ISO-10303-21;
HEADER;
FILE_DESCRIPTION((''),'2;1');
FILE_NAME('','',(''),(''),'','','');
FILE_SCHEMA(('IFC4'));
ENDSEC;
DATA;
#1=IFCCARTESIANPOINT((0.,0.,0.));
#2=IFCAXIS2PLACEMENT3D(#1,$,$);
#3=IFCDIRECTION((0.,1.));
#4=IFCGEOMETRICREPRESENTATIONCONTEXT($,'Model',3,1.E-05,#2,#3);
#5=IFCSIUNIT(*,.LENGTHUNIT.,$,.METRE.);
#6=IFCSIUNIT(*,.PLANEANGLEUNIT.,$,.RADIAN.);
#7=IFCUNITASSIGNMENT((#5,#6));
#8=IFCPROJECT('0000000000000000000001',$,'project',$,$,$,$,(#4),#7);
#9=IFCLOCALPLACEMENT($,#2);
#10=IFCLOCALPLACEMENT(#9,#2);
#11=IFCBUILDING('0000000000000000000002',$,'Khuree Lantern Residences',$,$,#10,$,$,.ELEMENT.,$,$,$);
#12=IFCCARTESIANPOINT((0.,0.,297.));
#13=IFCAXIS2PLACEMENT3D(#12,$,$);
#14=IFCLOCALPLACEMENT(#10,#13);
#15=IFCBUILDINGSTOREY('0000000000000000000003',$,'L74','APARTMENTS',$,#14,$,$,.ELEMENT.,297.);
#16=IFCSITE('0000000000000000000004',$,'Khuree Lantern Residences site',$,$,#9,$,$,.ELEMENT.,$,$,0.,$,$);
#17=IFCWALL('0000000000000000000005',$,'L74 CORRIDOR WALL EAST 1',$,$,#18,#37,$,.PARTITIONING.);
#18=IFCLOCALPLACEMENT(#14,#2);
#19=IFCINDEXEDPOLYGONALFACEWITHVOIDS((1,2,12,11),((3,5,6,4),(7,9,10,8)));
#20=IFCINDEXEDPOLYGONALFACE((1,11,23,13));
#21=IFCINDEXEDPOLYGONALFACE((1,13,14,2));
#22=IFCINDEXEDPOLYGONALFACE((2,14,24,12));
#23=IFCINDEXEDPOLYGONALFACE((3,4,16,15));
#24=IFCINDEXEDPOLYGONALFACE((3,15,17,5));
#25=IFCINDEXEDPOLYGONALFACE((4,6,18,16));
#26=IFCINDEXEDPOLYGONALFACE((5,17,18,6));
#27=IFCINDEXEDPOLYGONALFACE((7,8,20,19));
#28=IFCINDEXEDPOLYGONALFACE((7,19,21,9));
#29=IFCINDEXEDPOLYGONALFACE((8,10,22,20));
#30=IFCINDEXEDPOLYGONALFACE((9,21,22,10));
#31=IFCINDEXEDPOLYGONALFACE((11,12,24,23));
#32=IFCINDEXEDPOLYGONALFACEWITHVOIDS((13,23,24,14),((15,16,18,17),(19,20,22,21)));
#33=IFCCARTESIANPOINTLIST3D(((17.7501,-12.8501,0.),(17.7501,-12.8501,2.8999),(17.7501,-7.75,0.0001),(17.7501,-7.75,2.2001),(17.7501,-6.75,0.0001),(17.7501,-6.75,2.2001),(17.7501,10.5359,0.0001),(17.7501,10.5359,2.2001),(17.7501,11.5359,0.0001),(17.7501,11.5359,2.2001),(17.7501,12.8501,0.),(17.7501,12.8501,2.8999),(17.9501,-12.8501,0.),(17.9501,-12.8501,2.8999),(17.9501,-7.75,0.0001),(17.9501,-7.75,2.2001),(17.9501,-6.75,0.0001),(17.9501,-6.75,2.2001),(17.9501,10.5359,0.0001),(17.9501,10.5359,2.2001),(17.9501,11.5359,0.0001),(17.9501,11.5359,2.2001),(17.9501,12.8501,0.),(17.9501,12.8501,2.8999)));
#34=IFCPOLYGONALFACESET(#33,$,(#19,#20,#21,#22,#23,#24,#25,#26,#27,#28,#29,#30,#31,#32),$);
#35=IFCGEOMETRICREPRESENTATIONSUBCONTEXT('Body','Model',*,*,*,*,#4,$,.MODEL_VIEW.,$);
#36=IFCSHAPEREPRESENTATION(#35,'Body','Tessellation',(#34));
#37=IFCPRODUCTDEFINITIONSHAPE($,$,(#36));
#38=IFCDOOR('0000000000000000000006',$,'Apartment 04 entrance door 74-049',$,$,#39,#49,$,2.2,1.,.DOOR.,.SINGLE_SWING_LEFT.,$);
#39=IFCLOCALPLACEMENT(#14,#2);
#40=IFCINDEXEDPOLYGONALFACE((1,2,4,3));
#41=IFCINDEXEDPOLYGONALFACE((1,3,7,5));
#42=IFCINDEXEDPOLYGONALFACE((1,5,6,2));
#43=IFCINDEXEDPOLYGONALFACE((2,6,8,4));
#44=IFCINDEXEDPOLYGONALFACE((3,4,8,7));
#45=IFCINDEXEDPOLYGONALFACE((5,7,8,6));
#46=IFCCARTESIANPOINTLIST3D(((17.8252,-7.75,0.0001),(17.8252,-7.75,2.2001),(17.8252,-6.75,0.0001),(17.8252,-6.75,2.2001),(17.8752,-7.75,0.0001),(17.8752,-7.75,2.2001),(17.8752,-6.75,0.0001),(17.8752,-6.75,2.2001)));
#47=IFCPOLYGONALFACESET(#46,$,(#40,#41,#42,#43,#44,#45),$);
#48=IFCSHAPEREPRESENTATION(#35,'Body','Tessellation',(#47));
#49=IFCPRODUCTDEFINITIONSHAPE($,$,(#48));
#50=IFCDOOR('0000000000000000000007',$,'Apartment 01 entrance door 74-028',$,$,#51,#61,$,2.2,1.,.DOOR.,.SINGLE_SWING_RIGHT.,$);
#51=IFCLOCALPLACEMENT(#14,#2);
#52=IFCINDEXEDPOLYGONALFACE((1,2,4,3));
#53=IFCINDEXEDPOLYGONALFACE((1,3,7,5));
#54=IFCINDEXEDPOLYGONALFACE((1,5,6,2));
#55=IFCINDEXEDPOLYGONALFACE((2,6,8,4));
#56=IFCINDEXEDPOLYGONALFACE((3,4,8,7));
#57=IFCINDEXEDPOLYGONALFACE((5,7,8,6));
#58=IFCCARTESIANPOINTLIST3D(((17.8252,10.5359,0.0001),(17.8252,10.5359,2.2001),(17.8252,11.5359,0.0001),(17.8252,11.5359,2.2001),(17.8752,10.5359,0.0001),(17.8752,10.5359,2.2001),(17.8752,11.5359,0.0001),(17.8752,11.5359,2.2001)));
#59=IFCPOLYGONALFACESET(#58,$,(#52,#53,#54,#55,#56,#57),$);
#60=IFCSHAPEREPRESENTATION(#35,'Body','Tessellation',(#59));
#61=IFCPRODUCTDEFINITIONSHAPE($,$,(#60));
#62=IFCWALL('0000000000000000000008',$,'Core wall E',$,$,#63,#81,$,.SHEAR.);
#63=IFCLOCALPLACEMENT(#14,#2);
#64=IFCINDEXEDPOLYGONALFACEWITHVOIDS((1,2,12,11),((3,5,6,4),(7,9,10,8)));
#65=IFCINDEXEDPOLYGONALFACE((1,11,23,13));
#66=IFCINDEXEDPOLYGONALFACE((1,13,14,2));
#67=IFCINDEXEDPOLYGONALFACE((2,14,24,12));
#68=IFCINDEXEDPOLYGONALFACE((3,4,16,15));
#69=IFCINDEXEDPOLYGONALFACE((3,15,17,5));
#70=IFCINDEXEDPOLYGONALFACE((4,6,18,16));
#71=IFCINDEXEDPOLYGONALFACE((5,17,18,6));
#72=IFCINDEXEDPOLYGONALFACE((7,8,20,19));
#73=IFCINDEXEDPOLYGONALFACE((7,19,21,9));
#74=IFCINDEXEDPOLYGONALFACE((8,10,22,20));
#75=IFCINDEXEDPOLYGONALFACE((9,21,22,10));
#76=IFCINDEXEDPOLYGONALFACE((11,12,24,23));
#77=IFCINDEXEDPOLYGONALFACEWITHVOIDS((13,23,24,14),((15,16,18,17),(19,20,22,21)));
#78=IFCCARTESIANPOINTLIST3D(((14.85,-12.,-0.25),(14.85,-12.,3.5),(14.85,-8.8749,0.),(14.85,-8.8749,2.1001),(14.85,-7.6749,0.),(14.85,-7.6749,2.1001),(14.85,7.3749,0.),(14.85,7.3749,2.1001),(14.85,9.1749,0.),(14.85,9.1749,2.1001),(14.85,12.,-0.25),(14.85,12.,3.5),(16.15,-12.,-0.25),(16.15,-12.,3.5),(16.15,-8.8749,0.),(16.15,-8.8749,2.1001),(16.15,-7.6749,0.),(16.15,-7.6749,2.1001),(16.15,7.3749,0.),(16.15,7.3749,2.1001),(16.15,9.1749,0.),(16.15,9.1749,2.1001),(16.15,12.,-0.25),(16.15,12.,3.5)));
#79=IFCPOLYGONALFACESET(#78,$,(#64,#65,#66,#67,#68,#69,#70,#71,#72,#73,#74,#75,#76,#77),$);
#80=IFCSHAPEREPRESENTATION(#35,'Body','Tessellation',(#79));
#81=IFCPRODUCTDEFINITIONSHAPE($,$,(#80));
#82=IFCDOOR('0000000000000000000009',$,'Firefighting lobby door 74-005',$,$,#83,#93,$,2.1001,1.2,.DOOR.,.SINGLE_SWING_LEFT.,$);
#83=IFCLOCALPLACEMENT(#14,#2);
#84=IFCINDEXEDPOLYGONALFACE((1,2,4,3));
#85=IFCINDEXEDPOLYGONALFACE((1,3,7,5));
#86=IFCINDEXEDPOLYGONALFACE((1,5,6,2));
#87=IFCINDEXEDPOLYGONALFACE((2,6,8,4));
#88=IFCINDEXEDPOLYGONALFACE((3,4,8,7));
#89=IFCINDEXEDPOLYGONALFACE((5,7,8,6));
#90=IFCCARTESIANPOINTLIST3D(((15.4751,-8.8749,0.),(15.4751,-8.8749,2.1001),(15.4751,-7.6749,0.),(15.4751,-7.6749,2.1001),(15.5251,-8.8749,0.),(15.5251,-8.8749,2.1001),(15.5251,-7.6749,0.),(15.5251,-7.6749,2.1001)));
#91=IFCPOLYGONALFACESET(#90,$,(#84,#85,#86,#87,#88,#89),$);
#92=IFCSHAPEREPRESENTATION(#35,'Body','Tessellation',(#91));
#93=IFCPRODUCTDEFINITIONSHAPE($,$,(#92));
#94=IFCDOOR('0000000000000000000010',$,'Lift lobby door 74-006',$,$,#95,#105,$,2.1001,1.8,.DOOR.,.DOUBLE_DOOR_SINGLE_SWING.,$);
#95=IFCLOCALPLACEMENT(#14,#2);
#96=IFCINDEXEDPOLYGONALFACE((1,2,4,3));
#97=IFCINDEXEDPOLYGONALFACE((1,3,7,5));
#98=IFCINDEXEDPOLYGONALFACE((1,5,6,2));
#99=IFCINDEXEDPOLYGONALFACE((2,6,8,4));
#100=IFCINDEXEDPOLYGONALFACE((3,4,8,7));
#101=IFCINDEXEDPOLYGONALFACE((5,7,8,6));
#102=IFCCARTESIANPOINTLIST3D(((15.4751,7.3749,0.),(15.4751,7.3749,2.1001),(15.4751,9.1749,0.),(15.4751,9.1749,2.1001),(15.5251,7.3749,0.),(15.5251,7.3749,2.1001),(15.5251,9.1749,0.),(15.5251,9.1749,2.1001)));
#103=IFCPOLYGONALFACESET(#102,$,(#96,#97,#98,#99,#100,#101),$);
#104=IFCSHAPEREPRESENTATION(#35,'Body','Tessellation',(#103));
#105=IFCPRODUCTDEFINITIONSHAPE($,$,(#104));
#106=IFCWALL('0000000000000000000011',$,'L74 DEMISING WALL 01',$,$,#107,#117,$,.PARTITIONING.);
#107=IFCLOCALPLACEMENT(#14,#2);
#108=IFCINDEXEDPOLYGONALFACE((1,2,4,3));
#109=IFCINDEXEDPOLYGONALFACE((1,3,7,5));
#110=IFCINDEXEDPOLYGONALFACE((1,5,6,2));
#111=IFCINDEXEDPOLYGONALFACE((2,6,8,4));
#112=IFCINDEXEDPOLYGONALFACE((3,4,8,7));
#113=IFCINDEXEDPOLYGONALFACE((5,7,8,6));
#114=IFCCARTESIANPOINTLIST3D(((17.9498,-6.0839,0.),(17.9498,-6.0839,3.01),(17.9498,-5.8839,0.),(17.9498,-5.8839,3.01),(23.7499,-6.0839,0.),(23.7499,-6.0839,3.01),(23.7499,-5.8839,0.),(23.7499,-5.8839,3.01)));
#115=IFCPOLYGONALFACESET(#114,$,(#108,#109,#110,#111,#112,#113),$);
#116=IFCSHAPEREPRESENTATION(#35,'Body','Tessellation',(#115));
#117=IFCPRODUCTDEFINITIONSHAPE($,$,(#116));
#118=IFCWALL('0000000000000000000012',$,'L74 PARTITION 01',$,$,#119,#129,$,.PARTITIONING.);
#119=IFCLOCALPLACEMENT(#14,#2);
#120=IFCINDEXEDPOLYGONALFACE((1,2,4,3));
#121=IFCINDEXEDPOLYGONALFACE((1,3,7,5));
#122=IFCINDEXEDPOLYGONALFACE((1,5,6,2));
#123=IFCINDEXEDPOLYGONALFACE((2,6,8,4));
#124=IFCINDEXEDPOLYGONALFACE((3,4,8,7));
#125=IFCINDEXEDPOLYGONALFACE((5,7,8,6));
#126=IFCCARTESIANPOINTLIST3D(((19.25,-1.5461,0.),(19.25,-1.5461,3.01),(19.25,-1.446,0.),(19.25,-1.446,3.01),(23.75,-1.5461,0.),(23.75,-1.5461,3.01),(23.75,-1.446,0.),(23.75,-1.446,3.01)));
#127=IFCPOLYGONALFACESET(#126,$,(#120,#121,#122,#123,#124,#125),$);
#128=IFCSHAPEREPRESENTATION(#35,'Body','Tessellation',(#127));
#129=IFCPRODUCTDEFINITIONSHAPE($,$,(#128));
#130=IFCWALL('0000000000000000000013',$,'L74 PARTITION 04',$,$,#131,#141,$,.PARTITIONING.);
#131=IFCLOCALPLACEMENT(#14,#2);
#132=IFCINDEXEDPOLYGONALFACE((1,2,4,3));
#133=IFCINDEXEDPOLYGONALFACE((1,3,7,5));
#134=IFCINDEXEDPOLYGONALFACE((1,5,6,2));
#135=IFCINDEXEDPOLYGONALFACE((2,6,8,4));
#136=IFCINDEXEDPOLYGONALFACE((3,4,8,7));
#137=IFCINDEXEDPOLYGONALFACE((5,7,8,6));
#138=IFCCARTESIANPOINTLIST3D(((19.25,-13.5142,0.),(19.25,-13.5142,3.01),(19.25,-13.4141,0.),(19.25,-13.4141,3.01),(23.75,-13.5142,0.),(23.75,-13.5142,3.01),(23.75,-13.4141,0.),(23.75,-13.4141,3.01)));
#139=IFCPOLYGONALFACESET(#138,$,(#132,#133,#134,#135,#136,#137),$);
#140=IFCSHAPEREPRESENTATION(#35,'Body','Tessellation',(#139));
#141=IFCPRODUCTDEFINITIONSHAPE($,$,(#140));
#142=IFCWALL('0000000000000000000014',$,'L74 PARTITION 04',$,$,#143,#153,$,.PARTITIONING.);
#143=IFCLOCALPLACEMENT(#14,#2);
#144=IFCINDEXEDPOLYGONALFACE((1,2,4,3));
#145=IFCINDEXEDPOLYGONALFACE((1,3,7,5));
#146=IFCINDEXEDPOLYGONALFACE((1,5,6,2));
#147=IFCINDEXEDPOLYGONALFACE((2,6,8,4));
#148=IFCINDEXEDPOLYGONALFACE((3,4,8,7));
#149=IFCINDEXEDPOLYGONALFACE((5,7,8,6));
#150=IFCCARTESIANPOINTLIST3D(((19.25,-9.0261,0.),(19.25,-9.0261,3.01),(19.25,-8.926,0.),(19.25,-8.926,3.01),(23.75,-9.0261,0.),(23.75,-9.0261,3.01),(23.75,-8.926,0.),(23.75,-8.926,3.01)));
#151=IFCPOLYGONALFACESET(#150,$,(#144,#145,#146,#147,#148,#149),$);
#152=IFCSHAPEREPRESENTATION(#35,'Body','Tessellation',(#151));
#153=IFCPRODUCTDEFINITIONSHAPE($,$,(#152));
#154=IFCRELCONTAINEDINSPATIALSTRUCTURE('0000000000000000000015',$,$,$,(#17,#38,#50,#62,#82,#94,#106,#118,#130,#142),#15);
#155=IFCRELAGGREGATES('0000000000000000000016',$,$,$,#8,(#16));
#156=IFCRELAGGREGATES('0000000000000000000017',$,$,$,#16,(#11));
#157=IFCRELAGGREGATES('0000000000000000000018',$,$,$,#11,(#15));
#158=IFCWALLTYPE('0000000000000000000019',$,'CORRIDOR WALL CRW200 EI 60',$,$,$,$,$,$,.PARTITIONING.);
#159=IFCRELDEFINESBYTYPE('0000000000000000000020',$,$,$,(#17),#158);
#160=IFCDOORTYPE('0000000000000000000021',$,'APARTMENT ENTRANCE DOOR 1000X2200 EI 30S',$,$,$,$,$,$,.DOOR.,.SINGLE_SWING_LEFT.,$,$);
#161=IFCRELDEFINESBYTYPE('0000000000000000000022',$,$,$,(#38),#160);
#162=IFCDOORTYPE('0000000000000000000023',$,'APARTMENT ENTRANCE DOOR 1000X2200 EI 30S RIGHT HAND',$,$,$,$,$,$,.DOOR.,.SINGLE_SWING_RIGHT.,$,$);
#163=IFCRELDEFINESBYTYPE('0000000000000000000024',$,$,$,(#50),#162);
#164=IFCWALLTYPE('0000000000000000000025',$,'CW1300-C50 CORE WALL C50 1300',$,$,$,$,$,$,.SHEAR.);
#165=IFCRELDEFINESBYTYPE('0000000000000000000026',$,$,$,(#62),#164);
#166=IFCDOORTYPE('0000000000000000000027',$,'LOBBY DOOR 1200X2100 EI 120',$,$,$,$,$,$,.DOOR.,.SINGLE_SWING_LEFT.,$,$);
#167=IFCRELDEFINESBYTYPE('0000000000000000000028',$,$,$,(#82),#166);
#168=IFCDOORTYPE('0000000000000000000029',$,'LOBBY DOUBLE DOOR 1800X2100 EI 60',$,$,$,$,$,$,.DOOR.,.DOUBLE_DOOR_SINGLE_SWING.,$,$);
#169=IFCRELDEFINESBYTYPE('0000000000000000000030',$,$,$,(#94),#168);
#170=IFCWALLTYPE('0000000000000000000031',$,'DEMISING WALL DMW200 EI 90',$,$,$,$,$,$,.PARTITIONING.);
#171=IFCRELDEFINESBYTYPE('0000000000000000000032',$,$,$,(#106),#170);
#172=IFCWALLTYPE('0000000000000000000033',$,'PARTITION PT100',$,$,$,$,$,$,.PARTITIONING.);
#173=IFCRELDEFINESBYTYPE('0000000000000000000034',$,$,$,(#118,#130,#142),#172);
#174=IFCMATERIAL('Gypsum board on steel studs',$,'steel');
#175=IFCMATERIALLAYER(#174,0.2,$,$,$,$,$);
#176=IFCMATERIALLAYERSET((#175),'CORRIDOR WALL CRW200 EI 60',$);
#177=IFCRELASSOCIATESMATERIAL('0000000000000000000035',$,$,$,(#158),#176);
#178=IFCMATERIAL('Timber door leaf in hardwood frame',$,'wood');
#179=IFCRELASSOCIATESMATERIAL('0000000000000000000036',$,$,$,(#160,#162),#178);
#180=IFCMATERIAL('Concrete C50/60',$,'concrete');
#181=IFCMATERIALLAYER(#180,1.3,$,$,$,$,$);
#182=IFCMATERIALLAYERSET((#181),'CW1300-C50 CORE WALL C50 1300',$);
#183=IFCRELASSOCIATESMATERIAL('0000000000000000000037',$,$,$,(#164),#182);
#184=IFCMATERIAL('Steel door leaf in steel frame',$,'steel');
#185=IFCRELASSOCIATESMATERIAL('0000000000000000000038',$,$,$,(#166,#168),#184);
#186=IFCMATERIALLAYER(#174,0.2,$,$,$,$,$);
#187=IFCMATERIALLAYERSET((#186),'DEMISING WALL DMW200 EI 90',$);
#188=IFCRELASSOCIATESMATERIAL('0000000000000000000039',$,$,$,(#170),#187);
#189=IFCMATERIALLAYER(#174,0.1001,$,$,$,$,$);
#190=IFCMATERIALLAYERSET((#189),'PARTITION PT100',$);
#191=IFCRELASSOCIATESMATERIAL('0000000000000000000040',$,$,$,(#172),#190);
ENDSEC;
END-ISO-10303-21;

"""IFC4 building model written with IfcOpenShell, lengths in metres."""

from ifc_helpers import new_model, si_unit, direction, frame, frame_2d, origin, place, context, subcontext, project, spatial, rectangle, extrude, material, layer, layer_set, type_object, element, fill, save


model = new_model("IFC4")

# Units and contexts
model_context = context("Model", 3, precision=1e-05, world=origin(), true_north=direction((0.0, 1.0)))
body_context = subcontext(model_context, "Body", "Model", "MODEL_VIEW")
ifc_project = project(units=[si_unit("LENGTHUNIT", "METRE"), si_unit("PLANEANGLEUNIT", "RADIAN")], contexts=[model_context])

# Site, building, storey
site_placement = place(None, origin())
site = spatial("IfcSite", under=ifc_project, at=site_placement, Name="Khuree Lantern Residences site", CompositionType="ELEMENT", RefElevation=0.0)
building_placement = place(site_placement, origin())
building = spatial("IfcBuilding", under=site, at=building_placement, Name="Khuree Lantern Residences", CompositionType="ELEMENT")
storey_placement = place(building_placement, frame((0.0, 0.0, 297.0)))
storey = spatial("IfcBuildingStorey", under=building, at=storey_placement, Name="L74", Description="APARTMENTS", CompositionType="ELEMENT", Elevation=297.0)

# Shared definitions
ifc_material_1 = material(Name="Concrete C50/60", Category="concrete")

# Shared definitions
ifc_material_2 = material(Name="Gypsum board on steel studs", Category="steel")
ifc_layer_1 = layer(ifc_material_2, 0.2)
ifc_layer_set_1 = layer_set([ifc_layer_1], Name="CORRIDOR WALL CRW200 EI 60")
wall_type_1 = type_object("IfcWallType", Name="CORRIDOR WALL CRW200 EI 60", PredefinedType="PARTITIONING", material=ifc_layer_set_1)

# Walls, openings, doors
wall_1_placement = place(storey_placement, frame((17.8501, -12.8501, 0.0), z_axis=(0.0, 0.0, 1.0), x_axis=(0.0, 1.0, 0.0)))
wall_1 = element("IfcWall", 1, at=wall_1_placement, inside=storey, type_object=wall_type_1, Name="L74 CORRIDOR WALL EAST 1", PredefinedType="PARTITIONING", context=body_context, shape_type="SweptSolid", body=[
    extrude(rectangle(XDim=25.7002, YDim=0.2, at=frame_2d((12.8501, 0.0))), origin(), (0.0, 0.0, 1.0), 2.8999),
])
opening_1_placement = place(wall_1_placement, frame((23.386, 0.0, 0.0)))
opening_1 = element("IfcOpeningElement", 2, at=opening_1_placement, cuts=wall_1, PredefinedType="OPENING", context=body_context, shape_type="SweptSolid", body=[
    extrude(rectangle(XDim=1.0, YDim=2.2, at=frame_2d((0.5, 1.1001))), frame((0.0, 0.1099, 0.0), z_axis=(0.0, -1.0, 0.0), x_axis=(1.0, 0.0, 0.0)), (0.0, 0.0, 1.0), 0.22),
])
opening_2_placement = place(wall_1_placement, frame((5.1001, 0.0, 0.0)))
opening_2 = element("IfcOpeningElement", 3, at=opening_2_placement, cuts=wall_1, PredefinedType="OPENING", context=body_context, shape_type="SweptSolid", body=[
    extrude(rectangle(XDim=1.0, YDim=2.2, at=frame_2d((0.5, 1.1001))), frame((0.0, 0.1099, 0.0), z_axis=(0.0, -1.0, 0.0), x_axis=(1.0, 0.0, 0.0)), (0.0, 0.0, 1.0), 0.22),
])
ifc_material_3 = material(Name="Timber door leaf in hardwood frame", Category="wood")
door_type_1 = type_object("IfcDoorType", Name="APARTMENT ENTRANCE DOOR 1000X2200 EI 30S", OperationType="SINGLE_SWING_LEFT", PredefinedType="DOOR", material=ifc_material_3)
door_1_placement = place(opening_2_placement, origin())
door_1 = element("IfcDoor", 4, at=door_1_placement, inside=storey, type_object=door_type_1, Name="Apartment 04 entrance door 74-049", OperationType="SINGLE_SWING_LEFT", OverallHeight=2.2, OverallWidth=1.0, PredefinedType="DOOR", context=body_context, shape_type="SweptSolid", body=[
    extrude(rectangle(XDim=1.0, YDim=2.2, at=frame_2d((0.5, 1.1001))), frame((0.0, 0.0249, 0.0), z_axis=(0.0, -1.0, 0.0), x_axis=(1.0, 0.0, 0.0)), (0.0, 0.0, 1.0), 0.05),
])
fill(opening_2, door_1)
door_type_2 = type_object("IfcDoorType", Name="APARTMENT ENTRANCE DOOR 1000X2200 EI 30S RIGHT HAND", OperationType="SINGLE_SWING_RIGHT", PredefinedType="DOOR", material=ifc_material_3)
door_2_placement = place(opening_1_placement, origin())
door_2 = element("IfcDoor", 5, at=door_2_placement, inside=storey, type_object=door_type_2, Name="Apartment 01 entrance door 74-028", OperationType="SINGLE_SWING_RIGHT", OverallHeight=2.2, OverallWidth=1.0, PredefinedType="DOOR", context=body_context, shape_type="SweptSolid", body=[
    extrude(rectangle(XDim=1.0, YDim=2.2, at=frame_2d((0.5, 1.1001))), frame((0.0, 0.0249, 0.0), z_axis=(0.0, -1.0, 0.0), x_axis=(1.0, 0.0, 0.0)), (0.0, 0.0, 1.0), 0.05),
])
fill(opening_1, door_2)
ifc_layer_2 = layer(ifc_material_1, 1.3)
ifc_layer_set_2 = layer_set([ifc_layer_2], Name="CW1300-C50 CORE WALL C50 1300")
wall_type_2 = type_object("IfcWallType", Name="CW1300-C50 CORE WALL C50 1300", PredefinedType="SHEAR", material=ifc_layer_set_2)
wall_2_placement = place(storey_placement, frame((15.5, -12.0, -0.25), z_axis=(0.0, 0.0, 1.0), x_axis=(0.0, 1.0, 0.0)))
wall_2 = element("IfcWall", 6, at=wall_2_placement, inside=storey, type_object=wall_type_2, Name="Core wall E", PredefinedType="SHEAR", context=body_context, shape_type="SweptSolid", body=[
    extrude(rectangle(XDim=24.0, YDim=1.3, at=frame_2d((12.0, 0.0))), origin(), (0.0, 0.0, 1.0), 3.75),
])
opening_3_placement = place(wall_2_placement, frame((3.125, 0.0, 0.25)))
opening_3 = element("IfcOpeningElement", 7, at=opening_3_placement, cuts=wall_2, PredefinedType="OPENING", context=body_context, shape_type="SweptSolid", body=[
    extrude(rectangle(XDim=1.2, YDim=2.1001, at=frame_2d((0.6001, 1.05))), frame((0.0, 0.6602, 0.0), z_axis=(0.0, -1.0, 0.0), x_axis=(1.0, 0.0, 0.0)), (0.0, 0.0, 1.0), 1.3201),
])
opening_4_placement = place(wall_2_placement, frame((19.375, 0.0, 0.25)))
opening_4 = element("IfcOpeningElement", 8, at=opening_4_placement, cuts=wall_2, PredefinedType="OPENING", context=body_context, shape_type="SweptSolid", body=[
    extrude(rectangle(XDim=1.8, YDim=2.1001, at=frame_2d((0.8999, 1.05))), frame((0.0, 0.6602, 0.0), z_axis=(0.0, -1.0, 0.0), x_axis=(1.0, 0.0, 0.0)), (0.0, 0.0, 1.0), 1.3201),
])
ifc_material_4 = material(Name="Steel door leaf in steel frame", Category="steel")
door_type_3 = type_object("IfcDoorType", Name="LOBBY DOOR 1200X2100 EI 120", OperationType="SINGLE_SWING_LEFT", PredefinedType="DOOR", material=ifc_material_4)
door_3_placement = place(opening_3_placement, origin())
door_3 = element("IfcDoor", 9, at=door_3_placement, inside=storey, type_object=door_type_3, Name="Firefighting lobby door 74-005", OperationType="SINGLE_SWING_LEFT", OverallHeight=2.1001, OverallWidth=1.2, PredefinedType="DOOR", context=body_context, shape_type="SweptSolid", body=[
    extrude(rectangle(XDim=1.2, YDim=2.1001, at=frame_2d((0.6001, 1.05))), frame((0.0, 0.0249, 0.0), z_axis=(0.0, -1.0, 0.0), x_axis=(1.0, 0.0, 0.0)), (0.0, 0.0, 1.0), 0.05),
])
fill(opening_3, door_3)
door_type_4 = type_object("IfcDoorType", Name="LOBBY DOUBLE DOOR 1800X2100 EI 60", OperationType="DOUBLE_DOOR_SINGLE_SWING", PredefinedType="DOOR", material=ifc_material_4)
door_4_placement = place(opening_4_placement, origin())
door_4 = element("IfcDoor", 10, at=door_4_placement, inside=storey, type_object=door_type_4, Name="Lift lobby door 74-006", OperationType="DOUBLE_DOOR_SINGLE_SWING", OverallHeight=2.1001, OverallWidth=1.8, PredefinedType="DOOR", context=body_context, shape_type="SweptSolid", body=[
    extrude(rectangle(XDim=1.8, YDim=2.1001, at=frame_2d((0.8999, 1.05))), frame((0.0, 0.0249, 0.0), z_axis=(0.0, -1.0, 0.0), x_axis=(1.0, 0.0, 0.0)), (0.0, 0.0, 1.0), 0.05),
])
fill(opening_4, door_4)

# Walls
ifc_layer_3 = layer(ifc_material_2, 0.2)
ifc_layer_set_3 = layer_set([ifc_layer_3], Name="DEMISING WALL DMW200 EI 90")
wall_type_3 = type_object("IfcWallType", Name="DEMISING WALL DMW200 EI 90", PredefinedType="PARTITIONING", material=ifc_layer_set_3)
wall_3_placement = place(storey_placement, frame((17.95, -5.9839, 0.0), z_axis=(0.0, 0.0, 1.0), x_axis=(1.0, 0.0, 0.0)))
element("IfcWall", 11, at=wall_3_placement, inside=storey, type_object=wall_type_3, Name="L74 DEMISING WALL 01", PredefinedType="PARTITIONING", context=body_context, shape_type="SweptSolid", body=[
    extrude(rectangle(XDim=5.8, YDim=0.2, at=frame_2d((2.8999, 0.0))), origin(), (0.0, 0.0, 1.0), 3.01),
])
ifc_layer_4 = layer(ifc_material_2, 0.1001)
ifc_layer_set_4 = layer_set([ifc_layer_4], Name="PARTITION PT100")
wall_type_4 = type_object("IfcWallType", Name="PARTITION PT100", PredefinedType="PARTITIONING", material=ifc_layer_set_4)
for number, where, z_axis, x_axis, name in (
    (12, (19.25, -1.4961, 0.0), (0.0, 0.0, 1.0), (1.0, 0.0, 0.0), "L74 PARTITION 01"),
    (13, (19.25, -13.4641, 0.0), (0.0, 0.0, 1.0), (1.0, 0.0, 0.0), "L74 PARTITION 04"),
    (14, (19.25, -8.9761, 0.0), (0.0, 0.0, 1.0), (1.0, 0.0, 0.0), "L74 PARTITION 04"),
):
    element("IfcWall", number, at=place(storey_placement, frame(where, z_axis=z_axis, x_axis=x_axis)), inside=storey, type_object=wall_type_4, Name=name, PredefinedType="PARTITIONING", context=body_context, shape_type="SweptSolid", body=[
        extrude(rectangle(XDim=4.5, YDim=0.1001, at=frame_2d((2.25, 0.0))), origin(), (0.0, 0.0, 1.0), 3.01),
    ])

save(model, "model.ifc")
